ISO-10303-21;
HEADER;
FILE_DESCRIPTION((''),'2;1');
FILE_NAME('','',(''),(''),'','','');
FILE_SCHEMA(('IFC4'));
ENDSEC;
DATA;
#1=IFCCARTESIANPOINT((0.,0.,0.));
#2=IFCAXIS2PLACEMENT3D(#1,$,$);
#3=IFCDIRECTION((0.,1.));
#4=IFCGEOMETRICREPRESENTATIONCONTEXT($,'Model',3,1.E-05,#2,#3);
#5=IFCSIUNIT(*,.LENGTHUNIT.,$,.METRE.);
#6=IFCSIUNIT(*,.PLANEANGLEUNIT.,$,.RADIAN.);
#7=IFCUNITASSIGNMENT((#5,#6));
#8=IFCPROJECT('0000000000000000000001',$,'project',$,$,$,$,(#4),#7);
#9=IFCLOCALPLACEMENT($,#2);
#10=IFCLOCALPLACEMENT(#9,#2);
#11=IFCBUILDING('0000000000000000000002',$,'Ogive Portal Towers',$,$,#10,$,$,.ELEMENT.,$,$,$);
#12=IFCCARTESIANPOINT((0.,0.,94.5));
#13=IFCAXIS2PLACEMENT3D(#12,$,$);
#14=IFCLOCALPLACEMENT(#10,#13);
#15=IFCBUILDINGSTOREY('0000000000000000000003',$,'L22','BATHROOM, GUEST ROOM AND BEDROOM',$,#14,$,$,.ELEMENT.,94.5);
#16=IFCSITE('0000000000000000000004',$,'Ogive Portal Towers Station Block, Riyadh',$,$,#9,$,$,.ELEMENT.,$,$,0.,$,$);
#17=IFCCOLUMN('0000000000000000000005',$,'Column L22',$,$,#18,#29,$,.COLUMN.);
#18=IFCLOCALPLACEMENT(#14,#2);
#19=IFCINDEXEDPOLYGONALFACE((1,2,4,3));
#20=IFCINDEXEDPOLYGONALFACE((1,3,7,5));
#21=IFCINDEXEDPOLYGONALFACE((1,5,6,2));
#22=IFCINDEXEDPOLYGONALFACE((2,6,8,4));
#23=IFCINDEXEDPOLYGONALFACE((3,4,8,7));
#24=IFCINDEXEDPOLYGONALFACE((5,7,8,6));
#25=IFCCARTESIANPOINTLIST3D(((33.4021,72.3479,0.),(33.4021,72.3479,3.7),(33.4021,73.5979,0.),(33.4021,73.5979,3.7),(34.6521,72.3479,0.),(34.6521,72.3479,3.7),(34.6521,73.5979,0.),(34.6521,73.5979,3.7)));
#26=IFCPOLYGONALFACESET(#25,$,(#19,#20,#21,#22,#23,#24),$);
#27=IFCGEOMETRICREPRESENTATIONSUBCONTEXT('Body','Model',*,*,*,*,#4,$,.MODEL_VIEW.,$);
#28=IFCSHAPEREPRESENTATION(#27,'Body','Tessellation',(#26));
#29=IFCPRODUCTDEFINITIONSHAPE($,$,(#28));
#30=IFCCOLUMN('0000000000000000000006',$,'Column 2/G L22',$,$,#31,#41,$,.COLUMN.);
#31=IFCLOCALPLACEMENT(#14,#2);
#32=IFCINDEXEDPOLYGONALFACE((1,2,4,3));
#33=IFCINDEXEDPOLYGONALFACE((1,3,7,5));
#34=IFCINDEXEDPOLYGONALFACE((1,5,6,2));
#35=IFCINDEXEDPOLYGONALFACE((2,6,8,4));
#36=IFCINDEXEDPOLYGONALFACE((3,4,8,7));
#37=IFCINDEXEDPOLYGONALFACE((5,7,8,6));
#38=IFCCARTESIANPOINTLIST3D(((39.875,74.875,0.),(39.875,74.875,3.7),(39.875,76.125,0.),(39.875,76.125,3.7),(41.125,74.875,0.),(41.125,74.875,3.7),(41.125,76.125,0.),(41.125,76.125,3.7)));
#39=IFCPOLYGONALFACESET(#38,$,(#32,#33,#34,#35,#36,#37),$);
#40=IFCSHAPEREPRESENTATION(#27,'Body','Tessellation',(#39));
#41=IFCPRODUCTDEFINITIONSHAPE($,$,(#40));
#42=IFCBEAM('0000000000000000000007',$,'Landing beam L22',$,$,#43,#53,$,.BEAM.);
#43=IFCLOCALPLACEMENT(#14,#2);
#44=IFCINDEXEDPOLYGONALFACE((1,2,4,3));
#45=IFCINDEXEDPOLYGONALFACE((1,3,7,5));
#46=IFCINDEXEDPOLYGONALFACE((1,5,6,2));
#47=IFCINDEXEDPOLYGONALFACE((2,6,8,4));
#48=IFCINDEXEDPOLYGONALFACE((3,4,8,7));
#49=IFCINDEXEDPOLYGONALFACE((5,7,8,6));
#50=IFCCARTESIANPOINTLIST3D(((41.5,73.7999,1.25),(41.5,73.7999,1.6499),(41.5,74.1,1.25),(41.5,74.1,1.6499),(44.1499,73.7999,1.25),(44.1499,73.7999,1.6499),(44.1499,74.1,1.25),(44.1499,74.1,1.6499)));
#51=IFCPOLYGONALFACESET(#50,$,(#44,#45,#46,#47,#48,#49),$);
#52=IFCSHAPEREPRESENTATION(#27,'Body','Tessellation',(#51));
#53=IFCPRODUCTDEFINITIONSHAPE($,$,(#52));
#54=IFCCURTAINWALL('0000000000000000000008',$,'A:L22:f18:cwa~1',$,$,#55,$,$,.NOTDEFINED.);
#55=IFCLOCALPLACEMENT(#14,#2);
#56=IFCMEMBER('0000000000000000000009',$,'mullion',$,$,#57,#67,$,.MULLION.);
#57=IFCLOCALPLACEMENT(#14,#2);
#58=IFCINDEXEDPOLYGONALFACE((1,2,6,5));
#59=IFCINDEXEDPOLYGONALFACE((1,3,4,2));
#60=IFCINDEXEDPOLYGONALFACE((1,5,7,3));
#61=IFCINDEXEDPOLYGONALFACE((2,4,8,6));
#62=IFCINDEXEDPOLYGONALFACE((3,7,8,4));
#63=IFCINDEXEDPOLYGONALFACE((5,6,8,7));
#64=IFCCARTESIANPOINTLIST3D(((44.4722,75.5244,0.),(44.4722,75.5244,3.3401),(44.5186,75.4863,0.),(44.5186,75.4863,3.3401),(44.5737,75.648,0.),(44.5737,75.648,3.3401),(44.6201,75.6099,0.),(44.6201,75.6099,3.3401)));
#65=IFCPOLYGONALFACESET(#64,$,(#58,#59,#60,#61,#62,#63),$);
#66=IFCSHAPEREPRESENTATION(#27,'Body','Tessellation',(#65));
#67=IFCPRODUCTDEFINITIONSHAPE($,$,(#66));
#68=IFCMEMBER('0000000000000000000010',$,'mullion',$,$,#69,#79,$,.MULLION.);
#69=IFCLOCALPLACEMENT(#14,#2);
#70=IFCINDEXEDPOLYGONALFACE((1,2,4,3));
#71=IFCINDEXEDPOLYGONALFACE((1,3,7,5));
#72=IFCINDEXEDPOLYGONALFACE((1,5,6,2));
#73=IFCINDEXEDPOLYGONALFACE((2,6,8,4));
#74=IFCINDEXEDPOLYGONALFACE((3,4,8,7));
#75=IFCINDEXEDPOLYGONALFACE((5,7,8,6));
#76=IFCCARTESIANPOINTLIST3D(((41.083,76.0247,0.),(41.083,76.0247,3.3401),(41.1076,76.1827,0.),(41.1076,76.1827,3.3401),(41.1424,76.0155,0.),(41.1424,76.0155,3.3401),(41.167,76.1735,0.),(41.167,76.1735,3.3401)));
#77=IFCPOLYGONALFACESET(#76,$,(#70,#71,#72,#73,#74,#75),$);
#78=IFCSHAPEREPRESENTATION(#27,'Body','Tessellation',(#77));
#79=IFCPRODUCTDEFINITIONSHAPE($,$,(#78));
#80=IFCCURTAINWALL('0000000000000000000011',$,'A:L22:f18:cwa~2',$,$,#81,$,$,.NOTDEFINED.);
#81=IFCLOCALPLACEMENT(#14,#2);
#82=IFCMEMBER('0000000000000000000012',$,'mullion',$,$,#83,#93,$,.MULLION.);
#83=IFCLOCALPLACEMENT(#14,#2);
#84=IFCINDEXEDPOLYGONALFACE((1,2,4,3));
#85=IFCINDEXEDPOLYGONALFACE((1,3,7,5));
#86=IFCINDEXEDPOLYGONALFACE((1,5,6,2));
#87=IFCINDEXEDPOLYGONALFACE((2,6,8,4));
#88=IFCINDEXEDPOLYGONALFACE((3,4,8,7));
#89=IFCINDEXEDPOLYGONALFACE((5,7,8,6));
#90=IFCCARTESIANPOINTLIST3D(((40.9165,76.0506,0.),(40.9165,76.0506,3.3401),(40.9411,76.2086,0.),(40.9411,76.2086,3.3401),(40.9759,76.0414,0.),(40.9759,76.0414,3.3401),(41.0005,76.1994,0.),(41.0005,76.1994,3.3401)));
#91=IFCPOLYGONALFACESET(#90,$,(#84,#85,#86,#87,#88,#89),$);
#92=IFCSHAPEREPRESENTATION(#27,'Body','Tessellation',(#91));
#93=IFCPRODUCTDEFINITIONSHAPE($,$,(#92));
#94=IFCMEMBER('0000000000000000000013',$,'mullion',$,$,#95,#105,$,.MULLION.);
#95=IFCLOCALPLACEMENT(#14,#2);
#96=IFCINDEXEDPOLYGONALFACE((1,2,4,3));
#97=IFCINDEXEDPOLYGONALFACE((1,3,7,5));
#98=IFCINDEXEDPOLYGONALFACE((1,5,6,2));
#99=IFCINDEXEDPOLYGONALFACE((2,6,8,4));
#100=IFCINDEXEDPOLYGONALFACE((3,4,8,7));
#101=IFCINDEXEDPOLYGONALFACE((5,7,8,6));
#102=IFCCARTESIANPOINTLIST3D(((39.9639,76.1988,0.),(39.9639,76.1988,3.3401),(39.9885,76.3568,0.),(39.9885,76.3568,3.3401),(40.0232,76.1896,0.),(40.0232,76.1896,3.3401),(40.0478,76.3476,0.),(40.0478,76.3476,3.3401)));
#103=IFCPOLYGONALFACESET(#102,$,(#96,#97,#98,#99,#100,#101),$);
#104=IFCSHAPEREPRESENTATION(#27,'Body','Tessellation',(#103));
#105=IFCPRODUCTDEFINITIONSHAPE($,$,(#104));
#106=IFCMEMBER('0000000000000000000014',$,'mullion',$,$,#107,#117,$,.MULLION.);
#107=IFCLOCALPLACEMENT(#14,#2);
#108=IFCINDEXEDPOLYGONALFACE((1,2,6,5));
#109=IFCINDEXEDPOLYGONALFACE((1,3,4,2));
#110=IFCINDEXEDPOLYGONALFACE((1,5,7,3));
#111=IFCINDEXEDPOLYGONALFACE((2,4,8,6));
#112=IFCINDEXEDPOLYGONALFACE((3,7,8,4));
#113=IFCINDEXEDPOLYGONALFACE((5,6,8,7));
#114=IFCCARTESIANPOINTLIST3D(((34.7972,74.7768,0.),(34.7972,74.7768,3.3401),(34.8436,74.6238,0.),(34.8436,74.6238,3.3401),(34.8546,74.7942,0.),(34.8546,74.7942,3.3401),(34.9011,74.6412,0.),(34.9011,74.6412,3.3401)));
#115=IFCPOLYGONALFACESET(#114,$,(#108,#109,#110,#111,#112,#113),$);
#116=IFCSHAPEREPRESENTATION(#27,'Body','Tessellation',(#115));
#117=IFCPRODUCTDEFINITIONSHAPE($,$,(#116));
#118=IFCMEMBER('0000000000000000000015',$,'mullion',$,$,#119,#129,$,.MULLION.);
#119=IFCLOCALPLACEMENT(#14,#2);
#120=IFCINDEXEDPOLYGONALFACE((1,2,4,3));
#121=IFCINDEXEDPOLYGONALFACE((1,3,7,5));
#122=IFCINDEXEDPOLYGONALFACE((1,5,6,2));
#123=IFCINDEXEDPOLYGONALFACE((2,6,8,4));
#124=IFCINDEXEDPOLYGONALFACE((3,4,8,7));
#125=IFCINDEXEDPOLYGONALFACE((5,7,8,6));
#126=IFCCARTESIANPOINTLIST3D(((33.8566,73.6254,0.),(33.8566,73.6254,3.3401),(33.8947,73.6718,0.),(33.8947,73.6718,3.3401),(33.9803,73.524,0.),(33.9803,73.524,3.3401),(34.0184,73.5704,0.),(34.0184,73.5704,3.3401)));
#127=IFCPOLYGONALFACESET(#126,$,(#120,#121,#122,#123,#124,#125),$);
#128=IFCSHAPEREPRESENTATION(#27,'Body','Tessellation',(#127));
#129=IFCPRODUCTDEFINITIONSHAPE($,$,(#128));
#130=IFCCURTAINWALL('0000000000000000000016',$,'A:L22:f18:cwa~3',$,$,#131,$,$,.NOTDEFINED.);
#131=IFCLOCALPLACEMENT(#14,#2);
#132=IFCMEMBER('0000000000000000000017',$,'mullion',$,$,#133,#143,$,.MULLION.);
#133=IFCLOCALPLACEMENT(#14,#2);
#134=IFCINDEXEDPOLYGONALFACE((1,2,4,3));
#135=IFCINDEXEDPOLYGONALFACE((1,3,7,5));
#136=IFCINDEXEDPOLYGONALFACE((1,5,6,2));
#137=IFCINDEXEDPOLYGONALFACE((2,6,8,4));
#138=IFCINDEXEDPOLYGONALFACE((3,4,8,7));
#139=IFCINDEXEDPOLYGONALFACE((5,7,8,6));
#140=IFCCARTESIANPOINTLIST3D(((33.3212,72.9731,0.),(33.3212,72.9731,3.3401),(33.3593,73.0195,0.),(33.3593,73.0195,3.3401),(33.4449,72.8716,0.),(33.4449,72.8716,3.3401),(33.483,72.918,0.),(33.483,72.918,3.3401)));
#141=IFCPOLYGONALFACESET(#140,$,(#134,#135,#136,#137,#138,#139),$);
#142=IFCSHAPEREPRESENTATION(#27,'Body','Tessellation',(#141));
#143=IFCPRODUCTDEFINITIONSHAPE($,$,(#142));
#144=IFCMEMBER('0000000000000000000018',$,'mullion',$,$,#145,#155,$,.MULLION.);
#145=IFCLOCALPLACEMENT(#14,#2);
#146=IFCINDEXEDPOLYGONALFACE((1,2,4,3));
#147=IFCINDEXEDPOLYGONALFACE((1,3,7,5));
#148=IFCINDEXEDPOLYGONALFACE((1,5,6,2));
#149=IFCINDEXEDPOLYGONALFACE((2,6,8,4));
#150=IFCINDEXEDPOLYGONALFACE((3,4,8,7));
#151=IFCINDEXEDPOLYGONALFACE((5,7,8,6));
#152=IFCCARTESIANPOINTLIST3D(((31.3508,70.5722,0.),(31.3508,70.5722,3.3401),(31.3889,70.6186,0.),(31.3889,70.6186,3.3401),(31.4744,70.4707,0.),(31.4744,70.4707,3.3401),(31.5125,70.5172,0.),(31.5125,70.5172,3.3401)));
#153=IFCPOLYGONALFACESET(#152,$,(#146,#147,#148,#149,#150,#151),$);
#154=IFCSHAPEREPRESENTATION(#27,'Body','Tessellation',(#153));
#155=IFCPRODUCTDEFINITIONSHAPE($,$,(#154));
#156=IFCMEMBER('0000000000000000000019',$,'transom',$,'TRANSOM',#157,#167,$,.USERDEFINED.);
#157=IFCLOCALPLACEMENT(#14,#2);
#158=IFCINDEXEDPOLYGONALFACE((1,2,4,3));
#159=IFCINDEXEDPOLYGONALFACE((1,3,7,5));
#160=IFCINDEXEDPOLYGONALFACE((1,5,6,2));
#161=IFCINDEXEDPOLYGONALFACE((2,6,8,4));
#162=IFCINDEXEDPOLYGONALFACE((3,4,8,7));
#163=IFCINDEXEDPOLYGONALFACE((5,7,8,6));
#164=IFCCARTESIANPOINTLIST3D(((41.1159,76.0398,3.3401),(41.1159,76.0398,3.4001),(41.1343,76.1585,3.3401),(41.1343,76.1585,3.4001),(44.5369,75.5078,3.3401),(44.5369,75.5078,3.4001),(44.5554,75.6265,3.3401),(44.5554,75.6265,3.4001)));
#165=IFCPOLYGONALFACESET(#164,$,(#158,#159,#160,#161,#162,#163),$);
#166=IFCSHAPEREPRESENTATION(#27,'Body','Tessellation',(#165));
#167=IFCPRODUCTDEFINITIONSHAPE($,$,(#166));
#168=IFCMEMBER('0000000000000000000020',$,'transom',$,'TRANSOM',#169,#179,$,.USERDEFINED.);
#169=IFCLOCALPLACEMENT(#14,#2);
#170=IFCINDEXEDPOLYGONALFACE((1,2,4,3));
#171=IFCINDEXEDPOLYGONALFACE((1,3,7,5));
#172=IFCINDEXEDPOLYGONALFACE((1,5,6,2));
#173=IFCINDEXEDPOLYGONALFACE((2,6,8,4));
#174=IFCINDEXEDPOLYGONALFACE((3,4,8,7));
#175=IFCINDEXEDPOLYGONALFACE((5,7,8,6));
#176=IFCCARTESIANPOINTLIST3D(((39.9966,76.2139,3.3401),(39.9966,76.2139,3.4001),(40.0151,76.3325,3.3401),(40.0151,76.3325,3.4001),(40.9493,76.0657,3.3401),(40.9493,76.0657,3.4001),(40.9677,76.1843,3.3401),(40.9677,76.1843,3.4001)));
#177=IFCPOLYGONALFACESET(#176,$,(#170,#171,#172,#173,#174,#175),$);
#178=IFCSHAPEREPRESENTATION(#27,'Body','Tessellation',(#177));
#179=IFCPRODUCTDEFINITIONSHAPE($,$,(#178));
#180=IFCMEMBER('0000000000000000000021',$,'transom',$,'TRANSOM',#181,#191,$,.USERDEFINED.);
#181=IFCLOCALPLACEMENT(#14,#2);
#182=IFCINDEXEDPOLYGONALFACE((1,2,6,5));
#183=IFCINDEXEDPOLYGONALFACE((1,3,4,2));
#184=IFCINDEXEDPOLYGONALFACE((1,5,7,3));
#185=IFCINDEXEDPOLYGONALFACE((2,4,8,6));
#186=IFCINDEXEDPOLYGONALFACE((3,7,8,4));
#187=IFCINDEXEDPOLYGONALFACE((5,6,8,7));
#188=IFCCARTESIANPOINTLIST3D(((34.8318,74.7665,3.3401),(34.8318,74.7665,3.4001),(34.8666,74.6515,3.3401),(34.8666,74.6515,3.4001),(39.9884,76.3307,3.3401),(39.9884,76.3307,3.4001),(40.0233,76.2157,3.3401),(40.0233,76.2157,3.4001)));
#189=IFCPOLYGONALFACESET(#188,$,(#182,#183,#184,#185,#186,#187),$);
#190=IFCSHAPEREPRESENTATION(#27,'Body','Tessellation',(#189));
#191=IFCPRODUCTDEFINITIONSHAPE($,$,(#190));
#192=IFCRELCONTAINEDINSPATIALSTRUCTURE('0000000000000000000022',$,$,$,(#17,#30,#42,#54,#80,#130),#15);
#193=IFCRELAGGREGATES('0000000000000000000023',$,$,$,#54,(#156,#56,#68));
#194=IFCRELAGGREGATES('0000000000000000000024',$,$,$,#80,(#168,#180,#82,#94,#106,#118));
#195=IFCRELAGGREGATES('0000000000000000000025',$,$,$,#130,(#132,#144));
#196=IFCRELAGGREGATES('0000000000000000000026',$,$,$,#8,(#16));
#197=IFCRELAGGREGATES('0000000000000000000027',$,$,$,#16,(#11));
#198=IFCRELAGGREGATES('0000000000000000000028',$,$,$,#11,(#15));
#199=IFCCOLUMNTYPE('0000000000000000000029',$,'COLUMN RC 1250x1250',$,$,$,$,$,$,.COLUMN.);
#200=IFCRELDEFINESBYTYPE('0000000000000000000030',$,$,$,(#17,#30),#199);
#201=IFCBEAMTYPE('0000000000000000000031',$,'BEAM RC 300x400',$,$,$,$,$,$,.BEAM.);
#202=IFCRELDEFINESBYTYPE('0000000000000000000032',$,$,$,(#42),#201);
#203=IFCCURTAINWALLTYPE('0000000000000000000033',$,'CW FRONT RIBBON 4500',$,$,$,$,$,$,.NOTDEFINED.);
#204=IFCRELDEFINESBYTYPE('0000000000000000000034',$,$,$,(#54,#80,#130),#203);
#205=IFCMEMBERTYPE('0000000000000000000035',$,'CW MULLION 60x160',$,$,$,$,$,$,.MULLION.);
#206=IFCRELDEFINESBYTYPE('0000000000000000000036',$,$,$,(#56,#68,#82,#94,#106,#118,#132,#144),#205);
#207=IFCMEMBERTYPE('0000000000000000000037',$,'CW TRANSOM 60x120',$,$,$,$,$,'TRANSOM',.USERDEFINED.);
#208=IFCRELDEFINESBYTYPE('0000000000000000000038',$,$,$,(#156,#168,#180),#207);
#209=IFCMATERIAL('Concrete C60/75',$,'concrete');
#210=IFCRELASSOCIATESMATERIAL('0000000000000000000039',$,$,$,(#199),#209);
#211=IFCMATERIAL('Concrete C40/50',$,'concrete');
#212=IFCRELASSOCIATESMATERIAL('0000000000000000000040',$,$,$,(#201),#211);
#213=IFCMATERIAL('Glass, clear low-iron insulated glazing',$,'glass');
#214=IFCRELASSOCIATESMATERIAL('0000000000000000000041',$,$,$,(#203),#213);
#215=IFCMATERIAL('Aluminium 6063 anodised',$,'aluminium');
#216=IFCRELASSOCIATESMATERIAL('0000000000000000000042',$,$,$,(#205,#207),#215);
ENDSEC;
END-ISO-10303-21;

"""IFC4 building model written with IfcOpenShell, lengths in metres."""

from ifc_helpers import new_model, si_unit, direction, frame, origin, origin_2d, place, context, subcontext, project, spatial, rectangle, extrude, material, material_profile, profile_set, type_object, element, aggregate, save


model = new_model("IFC4")

# Units and contexts
model_context = context("Model", 3, precision=1e-05, world=origin(), true_north=direction((0.0, 1.0)))
body_context = subcontext(model_context, "Body", "Model", "MODEL_VIEW")
ifc_project = project(units=[si_unit("LENGTHUNIT", "METRE"), si_unit("PLANEANGLEUNIT", "RADIAN")], contexts=[model_context])

# Site, building, storey
site_placement = place(None, origin())
site = spatial("IfcSite", under=ifc_project, at=site_placement, Name="Ogive Portal Towers Station Block, Riyadh", CompositionType="ELEMENT", RefElevation=0.0)
building_placement = place(site_placement, origin())
building = spatial("IfcBuilding", under=site, at=building_placement, Name="Ogive Portal Towers", CompositionType="ELEMENT")
storey_placement = place(building_placement, frame((0.0, 0.0, 94.5)))
storey = spatial("IfcBuildingStorey", under=building, at=storey_placement, Name="L22", Description="BATHROOM, GUEST ROOM AND BEDROOM", CompositionType="ELEMENT", Elevation=94.5)

# Columns
ifc_material_1 = material(Name="Concrete C60/75", Category="concrete")
ifc_material_profile_1 = material_profile(ifc_material_1, rectangle(XDim=1.25, YDim=1.25, at=origin_2d()), Name="RC 1250x1250")
ifc_profile_set_1 = profile_set([ifc_material_profile_1], Name="Concrete C60/75")
column_type = type_object("IfcColumnType", Name="COLUMN RC 1250x1250", PredefinedType="COLUMN", material=ifc_profile_set_1)
for number, where, z_axis, x_axis, name in (
    (1, (34.0271, 72.9729, 0.0), (0.0, 0.0, 1.0), (1.0, 0.0, 0.0), "Column L22"),
    (2, (40.5, 75.5, 0.0), (0.0, 0.0, 1.0), (1.0, 0.0, 0.0), "Column 2/G L22"),
):
    element("IfcColumn", number, at=place(storey_placement, frame(where, z_axis=z_axis, x_axis=x_axis)), inside=storey, type_object=column_type, Name=name, PredefinedType="COLUMN", context=body_context, shape_type="SweptSolid", body=[
        extrude(rectangle(XDim=1.25, YDim=1.25, at=origin_2d()), origin(), (0.0, 0.0, 1.0), 3.7),
    ])

# Beam
ifc_material_2 = material(Name="Concrete C40/50", Category="concrete")
ifc_material_profile_2 = material_profile(ifc_material_2, rectangle(XDim=0.3, YDim=0.3999, at=origin_2d()), Name="RC 300x400")
ifc_profile_set_2 = profile_set([ifc_material_profile_2], Name="Concrete C40/50")
beam_type = type_object("IfcBeamType", Name="BEAM RC 300x400", PredefinedType="BEAM", material=ifc_profile_set_2)
beam_placement = place(storey_placement, frame((41.5, 73.95, 1.45), z_axis=(1.0, 0.0, 0.0), x_axis=(0.0, 1.0, 0.0)))
element("IfcBeam", 3, at=beam_placement, inside=storey, type_object=beam_type, Name="Landing beam L22", PredefinedType="BEAM", context=body_context, shape_type="SweptSolid", body=[
    extrude(rectangle(XDim=0.3, YDim=0.3999, at=origin_2d()), origin(), (0.0, 0.0, 1.0), 2.6499),
])

# Curtain walls, members
ifc_material_3 = material(Name="Glass, clear low-iron insulated glazing", Category="glass")
curtain_wall_type = type_object("IfcCurtainWallType", Name="CW FRONT RIBBON 4500", PredefinedType="NOTDEFINED", material=ifc_material_3)
curtain_wall_1_placement = place(storey_placement, origin())
curtain_wall_1 = element("IfcCurtainWall", 4, at=curtain_wall_1_placement, inside=storey, type_object=curtain_wall_type, Name="A:L22:f18:cwa~1", PredefinedType="NOTDEFINED")
ifc_material_4 = material(Name="Aluminium 6063 anodised", Category="aluminium")
ifc_material_profile_3 = material_profile(ifc_material_4, rectangle(XDim=0.1599, YDim=0.0601, at=origin_2d()), Name="AL 60x160")
ifc_profile_set_3 = profile_set([ifc_material_profile_3], Name="Aluminium 6063 anodised")
member_type_1 = type_object("IfcMemberType", Name="CW MULLION 60x160", PredefinedType="MULLION", material=ifc_profile_set_3)
member_1_placement = place(storey_placement, frame((44.5461, 75.5671, 0.0), z_axis=(0.0, 0.0, 1.0), x_axis=(-0.634393, -0.77301, 0.0)))
member_1 = element("IfcMember", 5, at=member_1_placement, type_object=member_type_1, Name="mullion", PredefinedType="MULLION", context=body_context, shape_type="SweptSolid", body=[
    extrude(rectangle(XDim=0.1599, YDim=0.0601, at=origin_2d()), origin(), (0.0, 0.0, 1.0), 3.3401),
])
member_2_placement = place(storey_placement, frame((41.125, 76.0991, 0.0), z_axis=(0.0, 0.0, 1.0), x_axis=(-0.153636, -0.988128, 0.0)))
member_2 = element("IfcMember", 6, at=member_2_placement, type_object=member_type_1, Name="mullion", PredefinedType="MULLION", context=body_context, shape_type="SweptSolid", body=[
    extrude(rectangle(XDim=0.1599, YDim=0.0601, at=origin_2d()), origin(), (0.0, 0.0, 1.0), 3.3401),
])
curtain_wall_2_placement = place(storey_placement, origin())
curtain_wall_2 = element("IfcCurtainWall", 7, at=curtain_wall_2_placement, inside=storey, type_object=curtain_wall_type, Name="A:L22:f18:cwa~2", PredefinedType="NOTDEFINED")
member_3_placement = place(storey_placement, frame((40.9585, 76.125, 0.0), z_axis=(0.0, 0.0, 1.0), x_axis=(-0.153636, -0.988128, 0.0)))
member_3 = element("IfcMember", 8, at=member_3_placement, type_object=member_type_1, Name="mullion", PredefinedType="MULLION", context=body_context, shape_type="SweptSolid", body=[
    extrude(rectangle(XDim=0.1599, YDim=0.0601, at=origin_2d()), origin(), (0.0, 0.0, 1.0), 3.3401),
])
member_4_placement = place(storey_placement, frame((40.0059, 76.2732, 0.0), z_axis=(0.0, 0.0, 1.0), x_axis=(-0.153636, -0.988128, 0.0)))
member_4 = element("IfcMember", 9, at=member_4_placement, type_object=member_type_1, Name="mullion", PredefinedType="MULLION", context=body_context, shape_type="SweptSolid", body=[
    extrude(rectangle(XDim=0.1599, YDim=0.0601, at=origin_2d()), origin(), (0.0, 0.0, 1.0), 3.3401),
])
member_5_placement = place(storey_placement, frame((34.8491, 74.709, 0.0), z_axis=(0.0, 0.0, 1.0), x_axis=(0.290285, -0.95694, 0.0)))
member_5 = element("IfcMember", 10, at=member_5_placement, type_object=member_type_1, Name="mullion", PredefinedType="MULLION", context=body_context, shape_type="SweptSolid", body=[
    extrude(rectangle(XDim=0.1599, YDim=0.0601, at=origin_2d()), origin(), (0.0, 0.0, 1.0), 3.3401),
])
member_6_placement = place(storey_placement, frame((33.9375, 73.5979, 0.0), z_axis=(0.0, 0.0, 1.0), x_axis=(0.77301, -0.634393, 0.0)))
member_6 = element("IfcMember", 11, at=member_6_placement, type_object=member_type_1, Name="mullion", PredefinedType="MULLION", context=body_context, shape_type="SweptSolid", body=[
    extrude(rectangle(XDim=0.1599, YDim=0.0601, at=origin_2d()), origin(), (0.0, 0.0, 1.0), 3.3401),
])
curtain_wall_3_placement = place(storey_placement, origin())
curtain_wall_3 = element("IfcCurtainWall", 12, at=curtain_wall_3_placement, inside=storey, type_object=curtain_wall_type, Name="A:L22:f18:cwa~3", PredefinedType="NOTDEFINED")
member_7_placement = place(storey_placement, frame((33.4021, 72.9456, 0.0), z_axis=(0.0, 0.0, 1.0), x_axis=(0.77301, -0.634393, 0.0)))
member_7 = element("IfcMember", 13, at=member_7_placement, type_object=member_type_1, Name="mullion", PredefinedType="MULLION", context=body_context, shape_type="SweptSolid", body=[
    extrude(rectangle(XDim=0.1599, YDim=0.0601, at=origin_2d()), origin(), (0.0, 0.0, 1.0), 3.3401),
])
member_8_placement = place(storey_placement, frame((31.4316, 70.5447, 0.0), z_axis=(0.0, 0.0, 1.0), x_axis=(0.77301, -0.634393, 0.0)))
member_8 = element("IfcMember", 14, at=member_8_placement, type_object=member_type_1, Name="mullion", PredefinedType="MULLION", context=body_context, shape_type="SweptSolid", body=[
    extrude(rectangle(XDim=0.1599, YDim=0.0601, at=origin_2d()), origin(), (0.0, 0.0, 1.0), 3.3401),
])

# Members
ifc_material_profile_4 = material_profile(ifc_material_4, rectangle(XDim=0.1201, YDim=0.0601, at=origin_2d()), Name="AL 120x60")
ifc_profile_set_4 = profile_set([ifc_material_profile_4], Name="Aluminium 6063 anodised")
member_type_2 = type_object("IfcMemberType", Name="CW TRANSOM 60x120", ElementType="TRANSOM", PredefinedType="USERDEFINED", material=ifc_profile_set_4)
member_9_placement = place(storey_placement, frame((44.5461, 75.5671, 3.3701), z_axis=(-0.988125, 0.153652, 0.0), x_axis=(-0.153652, -0.988125, 0.0)))
member_9 = element("IfcMember", 15, at=member_9_placement, type_object=member_type_2, Name="transom", ObjectType="TRANSOM", PredefinedType="USERDEFINED", context=body_context, shape_type="SweptSolid", body=[
    extrude(rectangle(XDim=0.1201, YDim=0.0601, at=origin_2d()), origin(), (0.0, 0.0, 1.0), 3.4622),
])
member_10_placement = place(storey_placement, frame((40.9585, 76.125, 3.3701), z_axis=(-0.988116, 0.153713, 0.0), x_axis=(-0.153713, -0.988116, 0.0)))
member_10 = element("IfcMember", 16, at=member_10_placement, type_object=member_type_2, Name="transom", ObjectType="TRANSOM", PredefinedType="USERDEFINED", context=body_context, shape_type="SweptSolid", body=[
    extrude(rectangle(XDim=0.1201, YDim=0.0601, at=origin_2d()), origin(), (0.0, 0.0, 1.0), 0.9641),
])
member_11_placement = place(storey_placement, frame((40.0059, 76.2732, 3.3701), z_axis=(-0.956944, -0.290273, 0.0), x_axis=(0.290273, -0.956944, 0.0)))
member_11 = element("IfcMember", 17, at=member_11_placement, type_object=member_type_2, Name="transom", ObjectType="TRANSOM", PredefinedType="USERDEFINED", context=body_context, shape_type="SweptSolid", body=[
    extrude(rectangle(XDim=0.1201, YDim=0.0601, at=origin_2d()), origin(), (0.0, 0.0, 1.0), 5.3887),
])

aggregate(curtain_wall_1, [member_9, member_1, member_2])
aggregate(curtain_wall_2, [member_10, member_11, member_3, member_4, member_5, member_6])
aggregate(curtain_wall_3, [member_7, member_8])

save(model, "model.ifc")
